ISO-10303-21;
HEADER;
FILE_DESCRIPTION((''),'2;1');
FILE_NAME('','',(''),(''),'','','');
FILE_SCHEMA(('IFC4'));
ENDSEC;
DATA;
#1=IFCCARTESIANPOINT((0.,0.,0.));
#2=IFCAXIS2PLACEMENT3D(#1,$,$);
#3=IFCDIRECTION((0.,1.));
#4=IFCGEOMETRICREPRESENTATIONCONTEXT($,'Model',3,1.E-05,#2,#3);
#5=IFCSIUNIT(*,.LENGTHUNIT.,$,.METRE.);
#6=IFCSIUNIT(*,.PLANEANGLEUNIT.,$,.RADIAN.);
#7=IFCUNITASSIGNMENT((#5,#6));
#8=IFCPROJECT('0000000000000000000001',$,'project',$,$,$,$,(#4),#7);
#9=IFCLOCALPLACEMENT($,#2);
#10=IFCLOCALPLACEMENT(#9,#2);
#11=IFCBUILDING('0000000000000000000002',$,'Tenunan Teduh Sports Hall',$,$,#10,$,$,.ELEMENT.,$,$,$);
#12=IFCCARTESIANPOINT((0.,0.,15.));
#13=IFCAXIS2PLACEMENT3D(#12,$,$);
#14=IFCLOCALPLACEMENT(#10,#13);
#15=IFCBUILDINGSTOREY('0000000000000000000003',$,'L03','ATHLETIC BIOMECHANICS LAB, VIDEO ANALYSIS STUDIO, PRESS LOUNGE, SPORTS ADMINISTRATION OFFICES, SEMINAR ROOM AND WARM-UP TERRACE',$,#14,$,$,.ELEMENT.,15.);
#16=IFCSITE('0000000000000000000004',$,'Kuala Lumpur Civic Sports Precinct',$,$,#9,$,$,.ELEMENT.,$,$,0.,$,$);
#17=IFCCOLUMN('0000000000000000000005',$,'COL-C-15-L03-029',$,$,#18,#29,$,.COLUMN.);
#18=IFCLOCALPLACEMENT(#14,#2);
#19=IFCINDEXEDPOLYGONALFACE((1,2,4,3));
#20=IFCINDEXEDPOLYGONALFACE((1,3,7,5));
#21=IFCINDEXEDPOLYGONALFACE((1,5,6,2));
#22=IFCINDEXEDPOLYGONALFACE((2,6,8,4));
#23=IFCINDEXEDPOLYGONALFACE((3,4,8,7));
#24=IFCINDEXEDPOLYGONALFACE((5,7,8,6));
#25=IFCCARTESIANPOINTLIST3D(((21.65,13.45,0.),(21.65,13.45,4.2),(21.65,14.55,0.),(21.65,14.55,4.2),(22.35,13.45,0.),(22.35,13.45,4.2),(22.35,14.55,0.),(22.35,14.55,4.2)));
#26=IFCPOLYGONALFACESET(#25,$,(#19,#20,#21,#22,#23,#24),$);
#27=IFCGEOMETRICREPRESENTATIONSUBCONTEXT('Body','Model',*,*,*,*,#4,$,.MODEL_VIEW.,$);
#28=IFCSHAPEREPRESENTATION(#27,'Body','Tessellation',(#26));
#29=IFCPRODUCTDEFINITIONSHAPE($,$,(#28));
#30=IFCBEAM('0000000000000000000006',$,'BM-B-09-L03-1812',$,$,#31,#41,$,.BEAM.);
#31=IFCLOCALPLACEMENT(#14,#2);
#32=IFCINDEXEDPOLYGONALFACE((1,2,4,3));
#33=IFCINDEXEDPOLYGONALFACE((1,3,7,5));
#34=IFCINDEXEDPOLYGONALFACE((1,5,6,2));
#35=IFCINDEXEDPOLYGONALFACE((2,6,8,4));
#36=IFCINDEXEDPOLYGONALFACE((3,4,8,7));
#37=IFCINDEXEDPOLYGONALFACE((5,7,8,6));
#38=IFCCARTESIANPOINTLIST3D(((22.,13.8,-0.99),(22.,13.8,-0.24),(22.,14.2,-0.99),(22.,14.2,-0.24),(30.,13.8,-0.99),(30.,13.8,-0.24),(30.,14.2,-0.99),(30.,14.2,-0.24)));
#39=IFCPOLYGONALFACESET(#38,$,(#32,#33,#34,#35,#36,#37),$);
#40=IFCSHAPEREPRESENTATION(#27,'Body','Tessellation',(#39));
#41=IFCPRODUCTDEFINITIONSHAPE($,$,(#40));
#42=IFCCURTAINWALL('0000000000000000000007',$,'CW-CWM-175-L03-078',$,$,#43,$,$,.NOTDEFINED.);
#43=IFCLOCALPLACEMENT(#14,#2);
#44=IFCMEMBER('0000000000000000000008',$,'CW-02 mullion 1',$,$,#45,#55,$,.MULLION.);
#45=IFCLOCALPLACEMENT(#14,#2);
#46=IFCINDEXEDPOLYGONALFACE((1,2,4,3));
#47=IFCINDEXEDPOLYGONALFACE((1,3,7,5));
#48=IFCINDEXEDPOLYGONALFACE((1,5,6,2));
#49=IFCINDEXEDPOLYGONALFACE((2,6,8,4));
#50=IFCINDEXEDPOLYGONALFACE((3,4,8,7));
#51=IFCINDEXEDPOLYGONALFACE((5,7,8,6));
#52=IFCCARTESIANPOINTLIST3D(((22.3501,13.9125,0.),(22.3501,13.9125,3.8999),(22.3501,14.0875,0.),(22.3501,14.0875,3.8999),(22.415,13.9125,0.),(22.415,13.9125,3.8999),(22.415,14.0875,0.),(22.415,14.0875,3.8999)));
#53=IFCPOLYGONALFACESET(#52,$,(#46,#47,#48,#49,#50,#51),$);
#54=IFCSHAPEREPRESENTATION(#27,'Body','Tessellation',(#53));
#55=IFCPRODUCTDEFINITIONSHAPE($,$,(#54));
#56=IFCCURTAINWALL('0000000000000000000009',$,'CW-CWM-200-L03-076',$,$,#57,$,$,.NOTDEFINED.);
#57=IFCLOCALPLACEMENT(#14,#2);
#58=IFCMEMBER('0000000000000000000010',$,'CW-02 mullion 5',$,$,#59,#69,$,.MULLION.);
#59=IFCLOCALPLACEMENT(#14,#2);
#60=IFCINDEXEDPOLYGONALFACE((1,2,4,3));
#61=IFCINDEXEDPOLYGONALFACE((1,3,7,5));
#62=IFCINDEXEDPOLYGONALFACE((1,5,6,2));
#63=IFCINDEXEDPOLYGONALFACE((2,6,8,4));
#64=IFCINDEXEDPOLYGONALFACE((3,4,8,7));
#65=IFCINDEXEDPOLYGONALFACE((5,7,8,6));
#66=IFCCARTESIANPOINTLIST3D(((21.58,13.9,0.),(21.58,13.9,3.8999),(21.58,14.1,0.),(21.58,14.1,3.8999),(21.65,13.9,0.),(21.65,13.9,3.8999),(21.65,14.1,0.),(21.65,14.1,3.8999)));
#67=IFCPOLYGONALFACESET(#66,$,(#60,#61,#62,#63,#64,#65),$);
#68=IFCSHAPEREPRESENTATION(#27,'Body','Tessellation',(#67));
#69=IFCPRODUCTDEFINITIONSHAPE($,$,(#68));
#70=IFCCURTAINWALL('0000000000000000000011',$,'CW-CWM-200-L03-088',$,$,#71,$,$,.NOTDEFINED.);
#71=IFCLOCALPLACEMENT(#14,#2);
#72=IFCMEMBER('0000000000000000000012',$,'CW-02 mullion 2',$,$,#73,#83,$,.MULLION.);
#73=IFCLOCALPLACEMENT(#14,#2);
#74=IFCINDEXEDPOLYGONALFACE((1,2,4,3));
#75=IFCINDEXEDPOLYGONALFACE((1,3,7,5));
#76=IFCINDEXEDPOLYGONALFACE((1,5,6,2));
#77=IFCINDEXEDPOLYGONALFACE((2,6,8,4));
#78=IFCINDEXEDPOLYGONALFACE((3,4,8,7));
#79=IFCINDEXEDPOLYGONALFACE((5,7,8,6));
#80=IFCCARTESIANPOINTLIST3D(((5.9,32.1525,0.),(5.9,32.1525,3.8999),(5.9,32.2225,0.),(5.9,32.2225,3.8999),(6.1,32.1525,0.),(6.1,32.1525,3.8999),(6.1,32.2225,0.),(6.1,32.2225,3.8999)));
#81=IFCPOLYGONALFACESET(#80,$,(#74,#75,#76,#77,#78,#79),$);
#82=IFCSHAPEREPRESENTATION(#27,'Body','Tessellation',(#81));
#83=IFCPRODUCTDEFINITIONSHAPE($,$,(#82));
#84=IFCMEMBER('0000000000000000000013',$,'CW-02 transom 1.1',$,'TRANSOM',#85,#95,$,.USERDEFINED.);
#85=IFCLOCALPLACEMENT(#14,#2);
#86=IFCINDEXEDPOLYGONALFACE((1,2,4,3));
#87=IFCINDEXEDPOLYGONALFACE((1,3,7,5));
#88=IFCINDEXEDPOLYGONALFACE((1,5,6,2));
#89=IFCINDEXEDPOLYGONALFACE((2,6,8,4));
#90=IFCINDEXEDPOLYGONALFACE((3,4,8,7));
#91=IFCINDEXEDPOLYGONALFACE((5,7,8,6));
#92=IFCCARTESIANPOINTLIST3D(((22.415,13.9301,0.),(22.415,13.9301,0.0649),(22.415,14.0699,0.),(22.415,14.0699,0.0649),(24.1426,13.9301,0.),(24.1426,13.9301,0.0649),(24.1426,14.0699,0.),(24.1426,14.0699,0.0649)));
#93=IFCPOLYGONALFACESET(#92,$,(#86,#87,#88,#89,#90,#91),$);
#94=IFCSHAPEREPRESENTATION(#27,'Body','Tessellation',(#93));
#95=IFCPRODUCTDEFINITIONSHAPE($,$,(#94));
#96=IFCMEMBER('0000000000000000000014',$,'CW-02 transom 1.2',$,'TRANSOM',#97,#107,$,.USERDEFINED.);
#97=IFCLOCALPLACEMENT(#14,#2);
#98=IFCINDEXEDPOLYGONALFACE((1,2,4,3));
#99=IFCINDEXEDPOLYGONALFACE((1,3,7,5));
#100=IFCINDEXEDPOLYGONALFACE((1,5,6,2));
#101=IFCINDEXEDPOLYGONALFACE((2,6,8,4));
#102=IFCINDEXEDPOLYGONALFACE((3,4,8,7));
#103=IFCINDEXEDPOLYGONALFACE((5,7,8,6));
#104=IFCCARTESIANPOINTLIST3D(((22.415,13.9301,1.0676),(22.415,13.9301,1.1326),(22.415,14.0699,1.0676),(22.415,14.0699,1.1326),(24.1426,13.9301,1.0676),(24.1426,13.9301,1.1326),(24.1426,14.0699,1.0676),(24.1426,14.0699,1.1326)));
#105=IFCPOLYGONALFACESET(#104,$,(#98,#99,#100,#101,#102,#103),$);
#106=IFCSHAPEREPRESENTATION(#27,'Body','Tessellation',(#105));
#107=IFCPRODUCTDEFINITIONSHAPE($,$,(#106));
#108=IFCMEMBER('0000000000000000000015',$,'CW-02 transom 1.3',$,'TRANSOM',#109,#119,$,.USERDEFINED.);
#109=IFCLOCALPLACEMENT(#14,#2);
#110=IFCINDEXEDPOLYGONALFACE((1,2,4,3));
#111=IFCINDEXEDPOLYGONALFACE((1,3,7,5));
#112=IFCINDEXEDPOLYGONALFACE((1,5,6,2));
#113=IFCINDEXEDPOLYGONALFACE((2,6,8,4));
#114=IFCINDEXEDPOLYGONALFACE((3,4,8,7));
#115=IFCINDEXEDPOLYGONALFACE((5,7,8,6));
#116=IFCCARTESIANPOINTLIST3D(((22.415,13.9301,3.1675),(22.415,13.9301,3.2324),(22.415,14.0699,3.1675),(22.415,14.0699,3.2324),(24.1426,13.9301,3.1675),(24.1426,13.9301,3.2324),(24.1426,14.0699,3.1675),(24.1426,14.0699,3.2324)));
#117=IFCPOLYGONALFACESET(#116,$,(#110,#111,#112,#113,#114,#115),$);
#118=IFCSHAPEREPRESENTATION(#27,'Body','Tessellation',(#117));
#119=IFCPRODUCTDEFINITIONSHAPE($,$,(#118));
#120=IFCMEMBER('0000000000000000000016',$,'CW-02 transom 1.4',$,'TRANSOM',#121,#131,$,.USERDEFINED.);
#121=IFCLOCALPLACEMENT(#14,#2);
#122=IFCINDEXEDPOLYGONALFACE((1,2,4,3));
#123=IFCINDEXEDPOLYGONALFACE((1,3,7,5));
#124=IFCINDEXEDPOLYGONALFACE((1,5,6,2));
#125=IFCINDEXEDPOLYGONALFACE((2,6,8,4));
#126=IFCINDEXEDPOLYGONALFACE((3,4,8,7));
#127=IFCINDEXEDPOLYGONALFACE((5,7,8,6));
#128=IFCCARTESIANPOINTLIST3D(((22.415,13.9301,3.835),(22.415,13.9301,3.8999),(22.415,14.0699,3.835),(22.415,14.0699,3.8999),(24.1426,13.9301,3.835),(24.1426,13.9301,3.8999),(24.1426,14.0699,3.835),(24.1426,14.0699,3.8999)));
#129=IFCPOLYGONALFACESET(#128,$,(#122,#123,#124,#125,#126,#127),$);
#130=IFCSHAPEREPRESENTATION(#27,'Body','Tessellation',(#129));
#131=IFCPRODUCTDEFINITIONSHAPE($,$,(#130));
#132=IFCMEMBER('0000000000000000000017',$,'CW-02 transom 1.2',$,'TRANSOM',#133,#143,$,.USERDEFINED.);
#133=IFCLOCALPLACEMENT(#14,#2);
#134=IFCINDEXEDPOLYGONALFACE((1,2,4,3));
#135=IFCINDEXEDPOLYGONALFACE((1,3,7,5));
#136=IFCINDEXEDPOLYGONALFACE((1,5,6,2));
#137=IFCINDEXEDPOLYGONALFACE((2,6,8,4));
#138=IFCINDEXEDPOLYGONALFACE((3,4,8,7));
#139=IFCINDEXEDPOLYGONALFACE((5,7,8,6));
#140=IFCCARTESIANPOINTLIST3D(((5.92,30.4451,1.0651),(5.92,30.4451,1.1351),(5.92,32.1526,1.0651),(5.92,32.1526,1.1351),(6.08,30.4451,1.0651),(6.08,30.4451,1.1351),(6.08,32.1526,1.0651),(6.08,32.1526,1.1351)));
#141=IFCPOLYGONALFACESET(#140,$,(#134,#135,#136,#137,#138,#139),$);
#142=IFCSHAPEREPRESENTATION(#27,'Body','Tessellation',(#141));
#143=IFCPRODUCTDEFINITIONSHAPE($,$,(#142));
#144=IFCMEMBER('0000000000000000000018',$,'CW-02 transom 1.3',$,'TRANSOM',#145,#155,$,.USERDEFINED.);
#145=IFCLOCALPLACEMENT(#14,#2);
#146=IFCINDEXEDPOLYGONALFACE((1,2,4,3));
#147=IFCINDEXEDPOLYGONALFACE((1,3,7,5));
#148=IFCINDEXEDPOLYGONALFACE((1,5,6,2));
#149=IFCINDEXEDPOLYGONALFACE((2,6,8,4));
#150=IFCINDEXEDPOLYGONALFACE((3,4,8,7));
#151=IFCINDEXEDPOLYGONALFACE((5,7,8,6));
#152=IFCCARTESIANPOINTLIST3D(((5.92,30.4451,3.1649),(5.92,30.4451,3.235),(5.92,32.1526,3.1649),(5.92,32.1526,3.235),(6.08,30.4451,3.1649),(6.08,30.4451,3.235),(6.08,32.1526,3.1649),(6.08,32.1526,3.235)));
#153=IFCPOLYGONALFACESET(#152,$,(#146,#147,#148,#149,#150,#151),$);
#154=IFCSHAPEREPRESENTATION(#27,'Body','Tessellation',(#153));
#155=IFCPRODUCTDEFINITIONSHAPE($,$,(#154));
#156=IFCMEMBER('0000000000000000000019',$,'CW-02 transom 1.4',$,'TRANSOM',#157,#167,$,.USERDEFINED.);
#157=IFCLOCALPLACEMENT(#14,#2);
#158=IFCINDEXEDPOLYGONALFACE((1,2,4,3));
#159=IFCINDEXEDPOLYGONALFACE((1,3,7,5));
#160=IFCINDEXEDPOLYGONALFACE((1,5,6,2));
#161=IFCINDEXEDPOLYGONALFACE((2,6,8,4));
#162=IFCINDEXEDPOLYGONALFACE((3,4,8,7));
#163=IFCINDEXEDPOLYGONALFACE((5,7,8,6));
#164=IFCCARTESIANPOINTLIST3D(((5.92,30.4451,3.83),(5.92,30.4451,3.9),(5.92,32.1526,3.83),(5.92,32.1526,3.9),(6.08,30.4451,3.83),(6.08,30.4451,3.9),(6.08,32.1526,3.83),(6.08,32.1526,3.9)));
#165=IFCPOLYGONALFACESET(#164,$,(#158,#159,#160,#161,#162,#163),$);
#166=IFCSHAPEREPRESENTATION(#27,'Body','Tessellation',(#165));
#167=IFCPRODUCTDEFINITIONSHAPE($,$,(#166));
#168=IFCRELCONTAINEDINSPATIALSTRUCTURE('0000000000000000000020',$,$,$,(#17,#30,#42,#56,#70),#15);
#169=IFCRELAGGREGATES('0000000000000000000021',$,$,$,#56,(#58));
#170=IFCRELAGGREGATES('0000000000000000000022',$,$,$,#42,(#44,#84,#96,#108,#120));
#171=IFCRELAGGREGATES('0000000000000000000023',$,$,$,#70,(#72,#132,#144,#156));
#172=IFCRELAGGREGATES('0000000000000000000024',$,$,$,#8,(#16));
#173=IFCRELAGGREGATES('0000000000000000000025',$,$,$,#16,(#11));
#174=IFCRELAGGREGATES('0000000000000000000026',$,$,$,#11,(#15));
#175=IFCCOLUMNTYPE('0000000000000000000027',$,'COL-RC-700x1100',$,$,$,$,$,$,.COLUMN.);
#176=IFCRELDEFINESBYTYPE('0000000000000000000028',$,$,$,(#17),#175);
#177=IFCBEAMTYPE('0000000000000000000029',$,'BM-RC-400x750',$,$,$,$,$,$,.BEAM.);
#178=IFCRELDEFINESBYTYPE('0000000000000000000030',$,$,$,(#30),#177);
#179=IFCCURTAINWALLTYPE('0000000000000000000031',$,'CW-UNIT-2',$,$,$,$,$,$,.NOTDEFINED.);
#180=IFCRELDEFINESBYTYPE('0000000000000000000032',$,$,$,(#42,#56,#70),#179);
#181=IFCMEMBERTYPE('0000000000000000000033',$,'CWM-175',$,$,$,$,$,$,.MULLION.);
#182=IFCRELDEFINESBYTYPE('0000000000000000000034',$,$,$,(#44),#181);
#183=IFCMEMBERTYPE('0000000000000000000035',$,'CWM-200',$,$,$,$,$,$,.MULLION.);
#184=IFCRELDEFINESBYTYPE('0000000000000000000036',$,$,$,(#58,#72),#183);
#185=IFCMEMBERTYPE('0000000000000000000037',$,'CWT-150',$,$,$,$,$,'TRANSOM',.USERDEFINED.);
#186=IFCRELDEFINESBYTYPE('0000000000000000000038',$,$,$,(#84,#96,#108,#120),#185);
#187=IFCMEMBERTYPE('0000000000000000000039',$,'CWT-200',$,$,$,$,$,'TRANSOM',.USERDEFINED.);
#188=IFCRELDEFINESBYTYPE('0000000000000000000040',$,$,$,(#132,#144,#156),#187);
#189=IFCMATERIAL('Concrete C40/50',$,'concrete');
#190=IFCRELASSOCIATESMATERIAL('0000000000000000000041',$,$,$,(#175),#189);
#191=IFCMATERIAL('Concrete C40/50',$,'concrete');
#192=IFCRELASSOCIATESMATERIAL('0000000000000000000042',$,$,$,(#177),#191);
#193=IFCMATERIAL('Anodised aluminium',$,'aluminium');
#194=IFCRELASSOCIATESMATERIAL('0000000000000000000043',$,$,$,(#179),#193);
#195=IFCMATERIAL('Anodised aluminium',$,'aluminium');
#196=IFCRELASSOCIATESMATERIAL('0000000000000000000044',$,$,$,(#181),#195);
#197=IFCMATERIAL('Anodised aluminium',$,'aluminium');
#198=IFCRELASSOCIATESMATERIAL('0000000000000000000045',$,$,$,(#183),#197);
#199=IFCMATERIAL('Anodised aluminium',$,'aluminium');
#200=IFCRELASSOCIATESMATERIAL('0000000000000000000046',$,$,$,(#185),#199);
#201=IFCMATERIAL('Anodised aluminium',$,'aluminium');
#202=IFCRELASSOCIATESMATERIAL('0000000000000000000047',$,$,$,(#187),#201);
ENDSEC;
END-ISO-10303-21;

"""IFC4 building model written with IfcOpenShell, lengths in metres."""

from ifc_helpers import new_model, si_unit, direction, frame, origin, origin_2d, place, context, subcontext, project, spatial, rectangle, extrude, material, material_profile, profile_set, type_object, element, aggregate, save


model = new_model("IFC4")

# Units and contexts
model_context = context("Model", 3, precision=1e-05, world=origin(), true_north=direction((0.0, 1.0)))
body_context = subcontext(model_context, "Body", "Model", "MODEL_VIEW")
ifc_project = project(units=[si_unit("LENGTHUNIT", "METRE"), si_unit("PLANEANGLEUNIT", "RADIAN")], contexts=[model_context])

# Site, building, storey
site_placement = place(None, origin())
site = spatial("IfcSite", under=ifc_project, at=site_placement, Name="Kuala Lumpur Civic Sports Precinct", CompositionType="ELEMENT", RefElevation=0.0)
building_placement = place(site_placement, origin())
building = spatial("IfcBuilding", under=site, at=building_placement, Name="Tenunan Teduh Sports Hall", CompositionType="ELEMENT")
storey_placement = place(building_placement, frame((0.0, 0.0, 15.0)))
storey = spatial("IfcBuildingStorey", under=building, at=storey_placement, Name="L03", Description="ATHLETIC BIOMECHANICS LAB, VIDEO ANALYSIS STUDIO, PRESS LOUNGE, SPORTS ADMINISTRATION OFFICES, SEMINAR ROOM AND WARM-UP TERRACE", CompositionType="ELEMENT", Elevation=15.0)

# Column
ifc_material_1 = material(Name="Concrete C40/50", Category="concrete")
ifc_material_profile_1 = material_profile(ifc_material_1, rectangle(XDim=0.7, YDim=1.1001, at=origin_2d()), Name="RC 700x1100")
ifc_profile_set_1 = profile_set([ifc_material_profile_1], Name="Concrete C40/50")
column_type = type_object("IfcColumnType", Name="COL-RC-700x1100", PredefinedType="COLUMN", material=ifc_profile_set_1)
column_placement = place(storey_placement, frame((22.0, 14.0, 0.0), z_axis=(0.0, 0.0, 1.0), x_axis=(1.0, 0.0, 0.0)))
element("IfcColumn", 1, at=column_placement, inside=storey, type_object=column_type, Name="COL-C-15-L03-029", PredefinedType="COLUMN", context=body_context, shape_type="SweptSolid", body=[
    extrude(rectangle(XDim=0.7, YDim=1.1001, at=origin_2d()), origin(), (0.0, 0.0, 1.0), 4.2),
])

# Beam
ifc_material_2 = material(Name="Concrete C40/50", Category="concrete")
ifc_material_profile_2 = material_profile(ifc_material_2, rectangle(XDim=0.3999, YDim=0.75, at=origin_2d()), Name="RCB 400x750")
ifc_profile_set_2 = profile_set([ifc_material_profile_2], Name="Concrete C40/50")
beam_type = type_object("IfcBeamType", Name="BM-RC-400x750", PredefinedType="BEAM", material=ifc_profile_set_2)
beam_placement = place(storey_placement, frame((22.0, 14.0, -0.615), z_axis=(1.0, 0.0, 0.0), x_axis=(0.0, 1.0, 0.0)))
element("IfcBeam", 2, at=beam_placement, inside=storey, type_object=beam_type, Name="BM-B-09-L03-1812", PredefinedType="BEAM", context=body_context, shape_type="SweptSolid", body=[
    extrude(rectangle(XDim=0.3999, YDim=0.75, at=origin_2d()), origin(), (0.0, 0.0, 1.0), 8.0),
])

# Curtain walls, members
ifc_material_3 = material(Name="Anodised aluminium", Category="aluminium")
curtain_wall_type = type_object("IfcCurtainWallType", Name="CW-UNIT-2", PredefinedType="NOTDEFINED", material=ifc_material_3)
curtain_wall_1_placement = place(storey_placement, origin())
curtain_wall_1 = element("IfcCurtainWall", 3, at=curtain_wall_1_placement, inside=storey, type_object=curtain_wall_type, Name="CW-CWM-175-L03-078", PredefinedType="NOTDEFINED")
ifc_material_4 = material(Name="Anodised aluminium", Category="aluminium")
ifc_material_profile_3 = material_profile(ifc_material_4, rectangle(XDim=0.0649, YDim=0.175, at=origin_2d()), Name="CWM 65x175")
ifc_profile_set_3 = profile_set([ifc_material_profile_3], Name="Anodised aluminium")
member_type_1 = type_object("IfcMemberType", Name="CWM-175", PredefinedType="MULLION", material=ifc_profile_set_3)
member_1_placement = place(storey_placement, frame((22.3826, 14.0, 0.0), z_axis=(0.0, 0.0, 1.0), x_axis=(1.0, 0.0, 0.0)))
member_1 = element("IfcMember", 4, at=member_1_placement, type_object=member_type_1, Name="CW-02 mullion 1", PredefinedType="MULLION", context=body_context, shape_type="SweptSolid", body=[
    extrude(rectangle(XDim=0.0649, YDim=0.175, at=origin_2d()), origin(), (0.0, 0.0, 1.0), 3.8999),
])
curtain_wall_2_placement = place(storey_placement, origin())
curtain_wall_2 = element("IfcCurtainWall", 5, at=curtain_wall_2_placement, inside=storey, type_object=curtain_wall_type, Name="CW-CWM-200-L03-076", PredefinedType="NOTDEFINED")
ifc_material_5 = material(Name="Anodised aluminium", Category="aluminium")
ifc_material_profile_4 = material_profile(ifc_material_5, rectangle(XDim=0.0701, YDim=0.2, at=origin_2d()), Name="CWM 70x200")
ifc_profile_set_4 = profile_set([ifc_material_profile_4], Name="Anodised aluminium")
member_type_2 = type_object("IfcMemberType", Name="CWM-200", PredefinedType="MULLION", material=ifc_profile_set_4)
member_2_placement = place(storey_placement, frame((21.615, 14.0, 0.0), z_axis=(0.0, 0.0, 1.0), x_axis=(1.0, 0.0, 0.0)))
member_2 = element("IfcMember", 6, at=member_2_placement, type_object=member_type_2, Name="CW-02 mullion 5", PredefinedType="MULLION", context=body_context, shape_type="SweptSolid", body=[
    extrude(rectangle(XDim=0.0701, YDim=0.2, at=origin_2d()), origin(), (0.0, 0.0, 1.0), 3.8999),
])
curtain_wall_3_placement = place(storey_placement, origin())
curtain_wall_3 = element("IfcCurtainWall", 7, at=curtain_wall_3_placement, inside=storey, type_object=curtain_wall_type, Name="CW-CWM-200-L03-088", PredefinedType="NOTDEFINED")
member_3_placement = place(storey_placement, frame((6.0, 32.1875, 0.0), z_axis=(0.0, 0.0, 1.0), x_axis=(0.0, 1.0, 0.0)))
member_3 = element("IfcMember", 8, at=member_3_placement, type_object=member_type_2, Name="CW-02 mullion 2", PredefinedType="MULLION", context=body_context, shape_type="SweptSolid", body=[
    extrude(rectangle(XDim=0.0701, YDim=0.2, at=origin_2d()), origin(), (0.0, 0.0, 1.0), 3.8999),
])

# Members
ifc_material_6 = material(Name="Anodised aluminium", Category="aluminium")
ifc_material_profile_5 = material_profile(ifc_material_6, rectangle(XDim=0.0649, YDim=0.1399, at=origin_2d()), Name="CWT 65x140")
ifc_profile_set_5 = profile_set([ifc_material_profile_5], Name="Anodised aluminium")
member_type_3 = type_object("IfcMemberType", Name="CWT-150", ElementType="TRANSOM", PredefinedType="USERDEFINED", material=ifc_profile_set_5)
member_4_placement = place(storey_placement, frame((22.415, 14.0, 0.0325), z_axis=(1.0, 0.0, 0.0), x_axis=(0.0, 0.0, 1.0)))
member_4 = element("IfcMember", 9, at=member_4_placement, type_object=member_type_3, Name="CW-02 transom 1.1", ObjectType="TRANSOM", PredefinedType="USERDEFINED", context=body_context, shape_type="SweptSolid", body=[
    extrude(rectangle(XDim=0.0649, YDim=0.1399, at=origin_2d()), origin(), (0.0, 0.0, 1.0), 1.7275),
])
member_5_placement = place(storey_placement, frame((22.415, 14.0, 1.1001), z_axis=(1.0, 0.0, 0.0), x_axis=(0.0, 0.0, 1.0)))
member_5 = element("IfcMember", 10, at=member_5_placement, type_object=member_type_3, Name="CW-02 transom 1.2", ObjectType="TRANSOM", PredefinedType="USERDEFINED", context=body_context, shape_type="SweptSolid", body=[
    extrude(rectangle(XDim=0.0649, YDim=0.1399, at=origin_2d()), origin(), (0.0, 0.0, 1.0), 1.7275),
])
member_6_placement = place(storey_placement, frame((22.415, 14.0, 3.2), z_axis=(1.0, 0.0, 0.0), x_axis=(0.0, 0.0, 1.0)))
member_6 = element("IfcMember", 11, at=member_6_placement, type_object=member_type_3, Name="CW-02 transom 1.3", ObjectType="TRANSOM", PredefinedType="USERDEFINED", context=body_context, shape_type="SweptSolid", body=[
    extrude(rectangle(XDim=0.0649, YDim=0.1399, at=origin_2d()), origin(), (0.0, 0.0, 1.0), 1.7275),
])
member_7_placement = place(storey_placement, frame((22.415, 14.0, 3.8674), z_axis=(1.0, 0.0, 0.0), x_axis=(0.0, 0.0, 1.0)))
member_7 = element("IfcMember", 12, at=member_7_placement, type_object=member_type_3, Name="CW-02 transom 1.4", ObjectType="TRANSOM", PredefinedType="USERDEFINED", context=body_context, shape_type="SweptSolid", body=[
    extrude(rectangle(XDim=0.0649, YDim=0.1399, at=origin_2d()), origin(), (0.0, 0.0, 1.0), 1.7275),
])
ifc_material_7 = material(Name="Anodised aluminium", Category="aluminium")
ifc_material_profile_6 = material_profile(ifc_material_7, rectangle(XDim=0.0701, YDim=0.1599, at=origin_2d()), Name="CWT 70x160")
ifc_profile_set_6 = profile_set([ifc_material_profile_6], Name="Anodised aluminium")
member_type_4 = type_object("IfcMemberType", Name="CWT-200", ElementType="TRANSOM", PredefinedType="USERDEFINED", material=ifc_profile_set_6)
member_8_placement = place(storey_placement, frame((6.0, 30.4451, 1.1001), z_axis=(0.0, 1.0, 0.0), x_axis=(0.0, 0.0, 1.0)))
member_8 = element("IfcMember", 13, at=member_8_placement, type_object=member_type_4, Name="CW-02 transom 1.2", ObjectType="TRANSOM", PredefinedType="USERDEFINED", context=body_context, shape_type="SweptSolid", body=[
    extrude(rectangle(XDim=0.0701, YDim=0.1599, at=origin_2d()), origin(), (0.0, 0.0, 1.0), 1.7075),
])
member_9_placement = place(storey_placement, frame((6.0, 30.4451, 3.2), z_axis=(0.0, 1.0, 0.0), x_axis=(0.0, 0.0, 1.0)))
member_9 = element("IfcMember", 14, at=member_9_placement, type_object=member_type_4, Name="CW-02 transom 1.3", ObjectType="TRANSOM", PredefinedType="USERDEFINED", context=body_context, shape_type="SweptSolid", body=[
    extrude(rectangle(XDim=0.0701, YDim=0.1599, at=origin_2d()), origin(), (0.0, 0.0, 1.0), 1.7075),
])
member_10_placement = place(storey_placement, frame((6.0, 30.4451, 3.865), z_axis=(0.0, 1.0, 0.0), x_axis=(0.0, 0.0, 1.0)))
member_10 = element("IfcMember", 15, at=member_10_placement, type_object=member_type_4, Name="CW-02 transom 1.4", ObjectType="TRANSOM", PredefinedType="USERDEFINED", context=body_context, shape_type="SweptSolid", body=[
    extrude(rectangle(XDim=0.0701, YDim=0.1599, at=origin_2d()), origin(), (0.0, 0.0, 1.0), 1.7075),
])

aggregate(curtain_wall_2, [member_2])
aggregate(curtain_wall_1, [member_1, member_4, member_5, member_6, member_7])
aggregate(curtain_wall_3, [member_3, member_8, member_9, member_10])

save(model, "model.ifc")
